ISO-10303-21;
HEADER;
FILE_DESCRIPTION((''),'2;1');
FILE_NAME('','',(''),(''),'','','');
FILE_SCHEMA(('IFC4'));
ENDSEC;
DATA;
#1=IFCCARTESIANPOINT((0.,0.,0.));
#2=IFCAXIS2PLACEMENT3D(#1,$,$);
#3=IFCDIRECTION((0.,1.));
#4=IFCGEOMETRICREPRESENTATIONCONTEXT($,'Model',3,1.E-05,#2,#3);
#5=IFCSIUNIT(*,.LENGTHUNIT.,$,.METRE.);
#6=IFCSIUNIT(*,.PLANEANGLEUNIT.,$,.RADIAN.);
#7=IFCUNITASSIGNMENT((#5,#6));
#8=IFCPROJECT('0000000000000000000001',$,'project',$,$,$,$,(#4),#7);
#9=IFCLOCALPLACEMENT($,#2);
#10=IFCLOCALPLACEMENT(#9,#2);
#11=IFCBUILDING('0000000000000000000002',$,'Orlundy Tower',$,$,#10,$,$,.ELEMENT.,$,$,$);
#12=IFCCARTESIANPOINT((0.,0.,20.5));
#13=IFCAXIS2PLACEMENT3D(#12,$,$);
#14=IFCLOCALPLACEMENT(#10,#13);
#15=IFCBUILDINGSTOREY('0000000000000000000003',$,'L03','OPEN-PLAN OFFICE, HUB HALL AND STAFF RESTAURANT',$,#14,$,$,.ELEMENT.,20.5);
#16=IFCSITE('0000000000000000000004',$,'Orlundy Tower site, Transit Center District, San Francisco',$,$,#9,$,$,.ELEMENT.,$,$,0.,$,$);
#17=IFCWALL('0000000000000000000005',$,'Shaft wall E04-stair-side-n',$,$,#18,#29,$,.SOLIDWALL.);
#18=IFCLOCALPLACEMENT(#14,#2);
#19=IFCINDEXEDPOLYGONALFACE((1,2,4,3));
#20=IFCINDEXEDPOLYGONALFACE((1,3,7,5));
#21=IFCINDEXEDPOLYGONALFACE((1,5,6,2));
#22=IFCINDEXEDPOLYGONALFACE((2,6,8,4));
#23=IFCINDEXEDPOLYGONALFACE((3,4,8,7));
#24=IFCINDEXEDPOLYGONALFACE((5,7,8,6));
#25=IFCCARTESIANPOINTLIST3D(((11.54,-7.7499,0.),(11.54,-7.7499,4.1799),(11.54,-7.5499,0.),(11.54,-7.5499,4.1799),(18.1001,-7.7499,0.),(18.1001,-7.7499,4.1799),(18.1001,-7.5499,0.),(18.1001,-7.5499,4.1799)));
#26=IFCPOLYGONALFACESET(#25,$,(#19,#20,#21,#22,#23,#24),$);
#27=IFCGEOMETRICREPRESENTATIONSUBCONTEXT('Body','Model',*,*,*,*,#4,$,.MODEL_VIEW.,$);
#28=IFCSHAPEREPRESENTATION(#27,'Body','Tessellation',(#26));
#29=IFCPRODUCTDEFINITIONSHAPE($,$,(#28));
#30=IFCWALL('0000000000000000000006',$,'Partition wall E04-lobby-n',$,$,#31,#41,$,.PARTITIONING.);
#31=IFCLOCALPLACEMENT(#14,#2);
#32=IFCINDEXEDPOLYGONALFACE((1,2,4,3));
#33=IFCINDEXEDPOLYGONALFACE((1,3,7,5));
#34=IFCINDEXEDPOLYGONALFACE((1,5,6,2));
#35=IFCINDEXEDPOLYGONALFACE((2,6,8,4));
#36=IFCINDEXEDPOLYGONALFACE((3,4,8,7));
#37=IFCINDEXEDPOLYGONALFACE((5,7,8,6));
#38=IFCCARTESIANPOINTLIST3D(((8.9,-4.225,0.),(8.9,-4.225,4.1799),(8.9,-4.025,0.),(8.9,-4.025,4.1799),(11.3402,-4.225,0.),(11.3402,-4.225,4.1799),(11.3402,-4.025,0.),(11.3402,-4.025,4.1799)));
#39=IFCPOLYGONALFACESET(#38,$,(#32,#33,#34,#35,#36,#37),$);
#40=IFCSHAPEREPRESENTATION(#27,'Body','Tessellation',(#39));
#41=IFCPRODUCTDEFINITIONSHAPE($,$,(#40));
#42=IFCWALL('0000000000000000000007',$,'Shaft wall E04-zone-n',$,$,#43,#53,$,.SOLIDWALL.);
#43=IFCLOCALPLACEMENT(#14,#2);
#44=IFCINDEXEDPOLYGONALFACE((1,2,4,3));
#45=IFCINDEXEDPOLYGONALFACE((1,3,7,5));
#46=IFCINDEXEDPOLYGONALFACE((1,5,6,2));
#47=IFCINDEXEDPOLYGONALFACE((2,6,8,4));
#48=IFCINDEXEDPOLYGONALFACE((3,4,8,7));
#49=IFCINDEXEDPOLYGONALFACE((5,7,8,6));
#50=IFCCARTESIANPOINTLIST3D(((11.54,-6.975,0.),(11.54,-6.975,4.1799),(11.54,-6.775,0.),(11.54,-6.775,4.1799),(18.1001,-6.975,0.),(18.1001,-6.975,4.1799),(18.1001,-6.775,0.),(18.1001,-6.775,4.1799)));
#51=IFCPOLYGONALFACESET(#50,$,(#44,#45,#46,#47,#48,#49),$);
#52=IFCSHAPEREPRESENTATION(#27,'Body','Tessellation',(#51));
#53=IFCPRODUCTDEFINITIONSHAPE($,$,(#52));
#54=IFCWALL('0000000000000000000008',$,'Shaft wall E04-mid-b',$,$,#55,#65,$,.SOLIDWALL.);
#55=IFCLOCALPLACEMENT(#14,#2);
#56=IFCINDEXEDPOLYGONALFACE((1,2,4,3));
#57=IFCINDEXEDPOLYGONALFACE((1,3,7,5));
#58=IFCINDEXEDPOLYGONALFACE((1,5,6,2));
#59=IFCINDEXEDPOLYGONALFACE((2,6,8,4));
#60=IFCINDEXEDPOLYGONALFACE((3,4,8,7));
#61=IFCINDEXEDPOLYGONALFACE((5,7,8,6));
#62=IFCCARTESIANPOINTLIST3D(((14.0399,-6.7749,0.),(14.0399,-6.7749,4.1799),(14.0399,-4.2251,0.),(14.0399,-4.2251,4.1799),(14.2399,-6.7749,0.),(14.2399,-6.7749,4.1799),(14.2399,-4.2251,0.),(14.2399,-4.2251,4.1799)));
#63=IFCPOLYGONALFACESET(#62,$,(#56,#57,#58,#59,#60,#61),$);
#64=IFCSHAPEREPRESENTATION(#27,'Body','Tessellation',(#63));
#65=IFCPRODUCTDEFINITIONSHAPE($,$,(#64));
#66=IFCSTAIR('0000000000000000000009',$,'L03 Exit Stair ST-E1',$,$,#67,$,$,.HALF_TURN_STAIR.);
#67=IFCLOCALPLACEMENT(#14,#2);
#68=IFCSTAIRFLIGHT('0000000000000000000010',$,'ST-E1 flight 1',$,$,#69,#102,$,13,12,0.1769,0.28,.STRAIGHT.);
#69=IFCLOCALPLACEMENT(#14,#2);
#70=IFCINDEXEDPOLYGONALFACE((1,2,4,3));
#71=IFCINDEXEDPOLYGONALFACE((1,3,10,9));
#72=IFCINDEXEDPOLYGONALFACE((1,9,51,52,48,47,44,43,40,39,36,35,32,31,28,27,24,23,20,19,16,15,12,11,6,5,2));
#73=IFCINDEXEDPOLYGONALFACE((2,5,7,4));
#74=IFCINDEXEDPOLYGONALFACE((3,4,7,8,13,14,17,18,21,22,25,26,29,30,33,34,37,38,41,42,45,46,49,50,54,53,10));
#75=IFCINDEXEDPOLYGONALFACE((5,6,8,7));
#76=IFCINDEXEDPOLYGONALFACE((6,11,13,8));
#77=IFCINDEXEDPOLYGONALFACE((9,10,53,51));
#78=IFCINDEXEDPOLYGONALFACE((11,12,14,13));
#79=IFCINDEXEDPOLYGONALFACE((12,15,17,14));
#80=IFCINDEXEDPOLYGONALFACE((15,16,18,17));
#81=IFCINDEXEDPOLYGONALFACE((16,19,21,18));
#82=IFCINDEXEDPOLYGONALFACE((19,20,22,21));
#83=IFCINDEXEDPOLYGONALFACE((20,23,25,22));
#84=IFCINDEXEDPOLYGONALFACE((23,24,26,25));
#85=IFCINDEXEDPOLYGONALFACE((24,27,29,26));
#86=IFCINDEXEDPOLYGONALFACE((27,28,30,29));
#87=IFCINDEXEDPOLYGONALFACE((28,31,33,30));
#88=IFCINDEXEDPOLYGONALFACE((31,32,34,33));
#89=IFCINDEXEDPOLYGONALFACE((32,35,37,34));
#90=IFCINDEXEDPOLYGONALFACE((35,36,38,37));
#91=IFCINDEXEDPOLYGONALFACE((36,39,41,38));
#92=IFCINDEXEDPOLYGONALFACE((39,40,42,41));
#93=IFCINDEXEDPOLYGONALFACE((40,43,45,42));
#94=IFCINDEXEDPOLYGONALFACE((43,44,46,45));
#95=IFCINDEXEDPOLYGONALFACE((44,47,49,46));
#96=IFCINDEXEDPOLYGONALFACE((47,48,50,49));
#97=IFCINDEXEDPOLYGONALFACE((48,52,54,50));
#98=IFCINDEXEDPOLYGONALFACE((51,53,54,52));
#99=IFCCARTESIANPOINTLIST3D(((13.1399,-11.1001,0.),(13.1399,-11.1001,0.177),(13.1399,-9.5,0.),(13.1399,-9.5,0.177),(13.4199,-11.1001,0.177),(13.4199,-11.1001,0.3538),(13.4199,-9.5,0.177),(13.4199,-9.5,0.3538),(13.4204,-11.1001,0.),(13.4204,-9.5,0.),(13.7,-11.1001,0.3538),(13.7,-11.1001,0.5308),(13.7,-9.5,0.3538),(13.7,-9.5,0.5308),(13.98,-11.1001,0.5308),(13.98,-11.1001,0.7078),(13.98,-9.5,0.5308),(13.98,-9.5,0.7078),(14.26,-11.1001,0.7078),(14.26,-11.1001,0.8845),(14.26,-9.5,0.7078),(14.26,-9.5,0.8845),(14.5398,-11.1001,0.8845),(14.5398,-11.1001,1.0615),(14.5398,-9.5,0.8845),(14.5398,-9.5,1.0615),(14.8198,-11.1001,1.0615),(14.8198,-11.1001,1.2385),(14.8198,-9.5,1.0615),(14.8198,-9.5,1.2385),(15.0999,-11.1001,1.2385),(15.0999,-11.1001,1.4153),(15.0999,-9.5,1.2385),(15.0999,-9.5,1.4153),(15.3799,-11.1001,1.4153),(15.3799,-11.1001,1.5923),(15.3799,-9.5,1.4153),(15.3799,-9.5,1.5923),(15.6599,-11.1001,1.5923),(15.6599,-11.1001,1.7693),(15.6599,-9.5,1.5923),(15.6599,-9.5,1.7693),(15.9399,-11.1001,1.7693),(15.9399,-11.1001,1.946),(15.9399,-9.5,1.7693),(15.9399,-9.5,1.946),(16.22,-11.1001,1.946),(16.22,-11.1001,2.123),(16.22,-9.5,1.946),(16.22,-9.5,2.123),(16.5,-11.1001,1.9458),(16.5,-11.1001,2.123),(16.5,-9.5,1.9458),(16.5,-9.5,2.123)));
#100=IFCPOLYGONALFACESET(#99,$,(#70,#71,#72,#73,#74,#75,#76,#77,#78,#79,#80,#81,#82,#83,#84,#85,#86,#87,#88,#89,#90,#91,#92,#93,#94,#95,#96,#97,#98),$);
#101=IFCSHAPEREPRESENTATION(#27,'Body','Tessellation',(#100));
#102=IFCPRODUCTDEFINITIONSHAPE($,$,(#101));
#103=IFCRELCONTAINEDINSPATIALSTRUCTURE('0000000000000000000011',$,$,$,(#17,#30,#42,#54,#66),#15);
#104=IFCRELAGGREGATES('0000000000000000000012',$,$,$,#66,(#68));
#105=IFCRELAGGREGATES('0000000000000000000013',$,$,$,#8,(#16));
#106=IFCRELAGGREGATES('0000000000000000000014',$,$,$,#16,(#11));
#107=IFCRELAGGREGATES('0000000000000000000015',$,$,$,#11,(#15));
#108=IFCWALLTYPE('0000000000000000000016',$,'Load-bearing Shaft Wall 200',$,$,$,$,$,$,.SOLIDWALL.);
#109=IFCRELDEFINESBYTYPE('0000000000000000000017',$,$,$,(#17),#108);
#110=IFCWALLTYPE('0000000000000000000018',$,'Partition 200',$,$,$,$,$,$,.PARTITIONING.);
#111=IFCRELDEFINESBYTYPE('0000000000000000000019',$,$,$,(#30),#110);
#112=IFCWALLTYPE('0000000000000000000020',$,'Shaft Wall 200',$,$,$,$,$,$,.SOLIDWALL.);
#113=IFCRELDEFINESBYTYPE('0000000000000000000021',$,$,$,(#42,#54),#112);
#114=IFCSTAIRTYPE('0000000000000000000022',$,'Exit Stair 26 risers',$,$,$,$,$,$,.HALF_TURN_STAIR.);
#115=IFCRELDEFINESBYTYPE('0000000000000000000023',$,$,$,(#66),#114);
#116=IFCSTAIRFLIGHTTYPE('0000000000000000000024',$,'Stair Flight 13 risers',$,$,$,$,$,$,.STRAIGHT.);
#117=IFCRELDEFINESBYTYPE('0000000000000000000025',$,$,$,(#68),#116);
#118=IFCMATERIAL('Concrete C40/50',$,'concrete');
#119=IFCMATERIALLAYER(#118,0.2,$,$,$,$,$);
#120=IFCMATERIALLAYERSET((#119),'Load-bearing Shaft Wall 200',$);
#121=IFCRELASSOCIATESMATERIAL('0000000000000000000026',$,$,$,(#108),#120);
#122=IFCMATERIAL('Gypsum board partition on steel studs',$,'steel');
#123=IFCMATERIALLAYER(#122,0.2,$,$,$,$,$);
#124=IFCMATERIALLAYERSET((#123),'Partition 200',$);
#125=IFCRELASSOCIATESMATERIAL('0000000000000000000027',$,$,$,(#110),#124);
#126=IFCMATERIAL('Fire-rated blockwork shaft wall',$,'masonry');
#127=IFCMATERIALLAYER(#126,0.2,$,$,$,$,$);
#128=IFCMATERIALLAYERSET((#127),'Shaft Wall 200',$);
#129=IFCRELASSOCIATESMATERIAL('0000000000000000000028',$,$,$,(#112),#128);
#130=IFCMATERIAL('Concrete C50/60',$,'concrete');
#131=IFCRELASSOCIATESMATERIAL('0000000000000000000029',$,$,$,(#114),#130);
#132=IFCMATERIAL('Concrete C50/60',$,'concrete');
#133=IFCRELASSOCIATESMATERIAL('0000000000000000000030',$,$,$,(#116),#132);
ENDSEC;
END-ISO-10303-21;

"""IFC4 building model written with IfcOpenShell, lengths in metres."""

from ifc_helpers import new_model, si_unit, direction, frame, frame_2d, origin, place, context, subcontext, project, spatial, polyline, rectangle, outline, extrude, material, layer, layer_set, type_object, element, aggregate, save


model = new_model("IFC4")

# Units and contexts
model_context = context("Model", 3, precision=1e-05, world=origin(), true_north=direction((0.0, 1.0)))
body_context = subcontext(model_context, "Body", "Model", "MODEL_VIEW")
ifc_project = project(units=[si_unit("LENGTHUNIT", "METRE"), si_unit("PLANEANGLEUNIT", "RADIAN")], contexts=[model_context])

# Site, building, storey
site_placement = place(None, origin())
site = spatial("IfcSite", under=ifc_project, at=site_placement, Name="Orlundy Tower site, Transit Center District, San Francisco", CompositionType="ELEMENT", RefElevation=0.0)
building_placement = place(site_placement, origin())
building = spatial("IfcBuilding", under=site, at=building_placement, Name="Orlundy Tower", CompositionType="ELEMENT")
storey_placement = place(building_placement, frame((0.0, 0.0, 20.5)))
storey = spatial("IfcBuildingStorey", under=building, at=storey_placement, Name="L03", Description="OPEN-PLAN OFFICE, HUB HALL AND STAFF RESTAURANT", CompositionType="ELEMENT", Elevation=20.5)

# Shared definitions
ifc_material_1 = material(Name="Concrete C40/50", Category="concrete")
ifc_layer_1 = layer(ifc_material_1, 0.2)
ifc_layer_set_1 = layer_set([ifc_layer_1], Name="Load-bearing Shaft Wall 200")
wall_type_1 = type_object("IfcWallType", Name="Load-bearing Shaft Wall 200", PredefinedType="SOLIDWALL", material=ifc_layer_set_1)

# Walls
wall_1_placement = place(storey_placement, frame((11.54, -7.6499, 0.0), z_axis=(0.0, 0.0, 1.0), x_axis=(1.0, 0.0, 0.0)))
element("IfcWall", 1, at=wall_1_placement, inside=storey, type_object=wall_type_1, Name="Shaft wall E04-stair-side-n", PredefinedType="SOLIDWALL", context=body_context, shape_type="SweptSolid", body=[
    extrude(rectangle(XDim=6.5601, YDim=0.2, at=frame_2d((3.28, 0.0))), origin(), (0.0, 0.0, 1.0), 4.1799),
])
ifc_material_2 = material(Name="Gypsum board partition on steel studs", Category="steel")
ifc_layer_2 = layer(ifc_material_2, 0.2)
ifc_layer_set_2 = layer_set([ifc_layer_2], Name="Partition 200")
wall_type_2 = type_object("IfcWallType", Name="Partition 200", PredefinedType="PARTITIONING", material=ifc_layer_set_2)
wall_2_placement = place(storey_placement, frame((8.8999, -4.125, 0.0), z_axis=(0.0, 0.0, 1.0), x_axis=(1.0, 0.0, 0.0)))
element("IfcWall", 2, at=wall_2_placement, inside=storey, type_object=wall_type_2, Name="Partition wall E04-lobby-n", PredefinedType="PARTITIONING", context=body_context, shape_type="SweptSolid", body=[
    extrude(rectangle(XDim=2.4402, YDim=0.2, at=frame_2d((1.2202, 0.0))), origin(), (0.0, 0.0, 1.0), 4.1799),
])
ifc_material_3 = material(Name="Fire-rated blockwork shaft wall", Category="masonry")
ifc_layer_3 = layer(ifc_material_3, 0.2)
ifc_layer_set_3 = layer_set([ifc_layer_3], Name="Shaft Wall 200")
wall_type_3 = type_object("IfcWallType", Name="Shaft Wall 200", PredefinedType="SOLIDWALL", material=ifc_layer_set_3)
wall_3_placement = place(storey_placement, frame((11.54, -6.875, 0.0), z_axis=(0.0, 0.0, 1.0), x_axis=(1.0, 0.0, 0.0)))
element("IfcWall", 3, at=wall_3_placement, inside=storey, type_object=wall_type_3, Name="Shaft wall E04-zone-n", PredefinedType="SOLIDWALL", context=body_context, shape_type="SweptSolid", body=[
    extrude(rectangle(XDim=6.5601, YDim=0.2, at=frame_2d((3.28, 0.0))), origin(), (0.0, 0.0, 1.0), 4.1799),
])
wall_4_placement = place(storey_placement, frame((14.1399, -4.2251, 0.0), z_axis=(0.0, 0.0, 1.0), x_axis=(0.0, -1.0, 0.0)))
element("IfcWall", 4, at=wall_4_placement, inside=storey, type_object=wall_type_3, Name="Shaft wall E04-mid-b", PredefinedType="SOLIDWALL", context=body_context, shape_type="SweptSolid", body=[
    extrude(rectangle(XDim=2.5498, YDim=0.2, at=frame_2d((1.2749, 0.0))), origin(), (0.0, 0.0, 1.0), 4.1799),
])

# Stair, stair flight
ifc_material_4 = material(Name="Concrete C50/60", Category="concrete")
stair_type = type_object("IfcStairType", Name="Exit Stair 26 risers", PredefinedType="HALF_TURN_STAIR", material=ifc_material_4)
stair_placement = place(storey_placement, origin())
stair = element("IfcStair", 5, at=stair_placement, inside=storey, type_object=stair_type, Name="L03 Exit Stair ST-E1", PredefinedType="HALF_TURN_STAIR")
ifc_material_5 = material(Name="Concrete C50/60", Category="concrete")
stair_flight_type = type_object("IfcStairFlightType", Name="Stair Flight 13 risers", PredefinedType="STRAIGHT", material=ifc_material_5)
stair_flight_placement = place(storey_placement, frame((13.1399, -10.3, 0.0), z_axis=(0.0, 0.0, 1.0), x_axis=(1.0, 0.0, 0.0)))
stair_flight = element("IfcStairFlight", 6, at=stair_flight_placement, type_object=stair_flight_type, Name="ST-E1 flight 1", NumberOfRisers=13, NumberOfTreads=12, PredefinedType="STRAIGHT", RiserHeight=0.1769, TreadLength=0.28, context=body_context, shape_type="SweptSolid", body=[
    extrude(outline(polyline([(0.0, 0.0), (0.0, 0.177), (0.28, 0.177), (0.28, 0.3538), (0.5601, 0.3538), (0.5601, 0.5308), (0.8401, 0.5308), (0.8401, 0.7078), (1.1201, 0.7078), (1.1201, 0.8845), (1.3999, 0.8845), (1.3999, 1.0615), (1.6799, 1.0615), (1.6799, 1.2385), (1.96, 1.2385), (1.96, 1.4153), (2.24, 1.4153), (2.24, 1.5923), (2.52, 1.5923), (2.52, 1.7693), (2.8, 1.7693), (2.8, 1.946), (3.0801, 1.946), (3.0801, 2.123), (3.3601, 2.123), (3.3601, 2.3), (3.3601, 1.9458), (0.2805, 0.0), (0.0, 0.0)])), frame((0.0, 0.8, 0.0), z_axis=(0.0, -1.0, 0.0), x_axis=(1.0, 0.0, 0.0)), (0.0, 0.0, 1.0), 1.6001),
])
aggregate(stair, [stair_flight])

save(model, "model.ifc")
